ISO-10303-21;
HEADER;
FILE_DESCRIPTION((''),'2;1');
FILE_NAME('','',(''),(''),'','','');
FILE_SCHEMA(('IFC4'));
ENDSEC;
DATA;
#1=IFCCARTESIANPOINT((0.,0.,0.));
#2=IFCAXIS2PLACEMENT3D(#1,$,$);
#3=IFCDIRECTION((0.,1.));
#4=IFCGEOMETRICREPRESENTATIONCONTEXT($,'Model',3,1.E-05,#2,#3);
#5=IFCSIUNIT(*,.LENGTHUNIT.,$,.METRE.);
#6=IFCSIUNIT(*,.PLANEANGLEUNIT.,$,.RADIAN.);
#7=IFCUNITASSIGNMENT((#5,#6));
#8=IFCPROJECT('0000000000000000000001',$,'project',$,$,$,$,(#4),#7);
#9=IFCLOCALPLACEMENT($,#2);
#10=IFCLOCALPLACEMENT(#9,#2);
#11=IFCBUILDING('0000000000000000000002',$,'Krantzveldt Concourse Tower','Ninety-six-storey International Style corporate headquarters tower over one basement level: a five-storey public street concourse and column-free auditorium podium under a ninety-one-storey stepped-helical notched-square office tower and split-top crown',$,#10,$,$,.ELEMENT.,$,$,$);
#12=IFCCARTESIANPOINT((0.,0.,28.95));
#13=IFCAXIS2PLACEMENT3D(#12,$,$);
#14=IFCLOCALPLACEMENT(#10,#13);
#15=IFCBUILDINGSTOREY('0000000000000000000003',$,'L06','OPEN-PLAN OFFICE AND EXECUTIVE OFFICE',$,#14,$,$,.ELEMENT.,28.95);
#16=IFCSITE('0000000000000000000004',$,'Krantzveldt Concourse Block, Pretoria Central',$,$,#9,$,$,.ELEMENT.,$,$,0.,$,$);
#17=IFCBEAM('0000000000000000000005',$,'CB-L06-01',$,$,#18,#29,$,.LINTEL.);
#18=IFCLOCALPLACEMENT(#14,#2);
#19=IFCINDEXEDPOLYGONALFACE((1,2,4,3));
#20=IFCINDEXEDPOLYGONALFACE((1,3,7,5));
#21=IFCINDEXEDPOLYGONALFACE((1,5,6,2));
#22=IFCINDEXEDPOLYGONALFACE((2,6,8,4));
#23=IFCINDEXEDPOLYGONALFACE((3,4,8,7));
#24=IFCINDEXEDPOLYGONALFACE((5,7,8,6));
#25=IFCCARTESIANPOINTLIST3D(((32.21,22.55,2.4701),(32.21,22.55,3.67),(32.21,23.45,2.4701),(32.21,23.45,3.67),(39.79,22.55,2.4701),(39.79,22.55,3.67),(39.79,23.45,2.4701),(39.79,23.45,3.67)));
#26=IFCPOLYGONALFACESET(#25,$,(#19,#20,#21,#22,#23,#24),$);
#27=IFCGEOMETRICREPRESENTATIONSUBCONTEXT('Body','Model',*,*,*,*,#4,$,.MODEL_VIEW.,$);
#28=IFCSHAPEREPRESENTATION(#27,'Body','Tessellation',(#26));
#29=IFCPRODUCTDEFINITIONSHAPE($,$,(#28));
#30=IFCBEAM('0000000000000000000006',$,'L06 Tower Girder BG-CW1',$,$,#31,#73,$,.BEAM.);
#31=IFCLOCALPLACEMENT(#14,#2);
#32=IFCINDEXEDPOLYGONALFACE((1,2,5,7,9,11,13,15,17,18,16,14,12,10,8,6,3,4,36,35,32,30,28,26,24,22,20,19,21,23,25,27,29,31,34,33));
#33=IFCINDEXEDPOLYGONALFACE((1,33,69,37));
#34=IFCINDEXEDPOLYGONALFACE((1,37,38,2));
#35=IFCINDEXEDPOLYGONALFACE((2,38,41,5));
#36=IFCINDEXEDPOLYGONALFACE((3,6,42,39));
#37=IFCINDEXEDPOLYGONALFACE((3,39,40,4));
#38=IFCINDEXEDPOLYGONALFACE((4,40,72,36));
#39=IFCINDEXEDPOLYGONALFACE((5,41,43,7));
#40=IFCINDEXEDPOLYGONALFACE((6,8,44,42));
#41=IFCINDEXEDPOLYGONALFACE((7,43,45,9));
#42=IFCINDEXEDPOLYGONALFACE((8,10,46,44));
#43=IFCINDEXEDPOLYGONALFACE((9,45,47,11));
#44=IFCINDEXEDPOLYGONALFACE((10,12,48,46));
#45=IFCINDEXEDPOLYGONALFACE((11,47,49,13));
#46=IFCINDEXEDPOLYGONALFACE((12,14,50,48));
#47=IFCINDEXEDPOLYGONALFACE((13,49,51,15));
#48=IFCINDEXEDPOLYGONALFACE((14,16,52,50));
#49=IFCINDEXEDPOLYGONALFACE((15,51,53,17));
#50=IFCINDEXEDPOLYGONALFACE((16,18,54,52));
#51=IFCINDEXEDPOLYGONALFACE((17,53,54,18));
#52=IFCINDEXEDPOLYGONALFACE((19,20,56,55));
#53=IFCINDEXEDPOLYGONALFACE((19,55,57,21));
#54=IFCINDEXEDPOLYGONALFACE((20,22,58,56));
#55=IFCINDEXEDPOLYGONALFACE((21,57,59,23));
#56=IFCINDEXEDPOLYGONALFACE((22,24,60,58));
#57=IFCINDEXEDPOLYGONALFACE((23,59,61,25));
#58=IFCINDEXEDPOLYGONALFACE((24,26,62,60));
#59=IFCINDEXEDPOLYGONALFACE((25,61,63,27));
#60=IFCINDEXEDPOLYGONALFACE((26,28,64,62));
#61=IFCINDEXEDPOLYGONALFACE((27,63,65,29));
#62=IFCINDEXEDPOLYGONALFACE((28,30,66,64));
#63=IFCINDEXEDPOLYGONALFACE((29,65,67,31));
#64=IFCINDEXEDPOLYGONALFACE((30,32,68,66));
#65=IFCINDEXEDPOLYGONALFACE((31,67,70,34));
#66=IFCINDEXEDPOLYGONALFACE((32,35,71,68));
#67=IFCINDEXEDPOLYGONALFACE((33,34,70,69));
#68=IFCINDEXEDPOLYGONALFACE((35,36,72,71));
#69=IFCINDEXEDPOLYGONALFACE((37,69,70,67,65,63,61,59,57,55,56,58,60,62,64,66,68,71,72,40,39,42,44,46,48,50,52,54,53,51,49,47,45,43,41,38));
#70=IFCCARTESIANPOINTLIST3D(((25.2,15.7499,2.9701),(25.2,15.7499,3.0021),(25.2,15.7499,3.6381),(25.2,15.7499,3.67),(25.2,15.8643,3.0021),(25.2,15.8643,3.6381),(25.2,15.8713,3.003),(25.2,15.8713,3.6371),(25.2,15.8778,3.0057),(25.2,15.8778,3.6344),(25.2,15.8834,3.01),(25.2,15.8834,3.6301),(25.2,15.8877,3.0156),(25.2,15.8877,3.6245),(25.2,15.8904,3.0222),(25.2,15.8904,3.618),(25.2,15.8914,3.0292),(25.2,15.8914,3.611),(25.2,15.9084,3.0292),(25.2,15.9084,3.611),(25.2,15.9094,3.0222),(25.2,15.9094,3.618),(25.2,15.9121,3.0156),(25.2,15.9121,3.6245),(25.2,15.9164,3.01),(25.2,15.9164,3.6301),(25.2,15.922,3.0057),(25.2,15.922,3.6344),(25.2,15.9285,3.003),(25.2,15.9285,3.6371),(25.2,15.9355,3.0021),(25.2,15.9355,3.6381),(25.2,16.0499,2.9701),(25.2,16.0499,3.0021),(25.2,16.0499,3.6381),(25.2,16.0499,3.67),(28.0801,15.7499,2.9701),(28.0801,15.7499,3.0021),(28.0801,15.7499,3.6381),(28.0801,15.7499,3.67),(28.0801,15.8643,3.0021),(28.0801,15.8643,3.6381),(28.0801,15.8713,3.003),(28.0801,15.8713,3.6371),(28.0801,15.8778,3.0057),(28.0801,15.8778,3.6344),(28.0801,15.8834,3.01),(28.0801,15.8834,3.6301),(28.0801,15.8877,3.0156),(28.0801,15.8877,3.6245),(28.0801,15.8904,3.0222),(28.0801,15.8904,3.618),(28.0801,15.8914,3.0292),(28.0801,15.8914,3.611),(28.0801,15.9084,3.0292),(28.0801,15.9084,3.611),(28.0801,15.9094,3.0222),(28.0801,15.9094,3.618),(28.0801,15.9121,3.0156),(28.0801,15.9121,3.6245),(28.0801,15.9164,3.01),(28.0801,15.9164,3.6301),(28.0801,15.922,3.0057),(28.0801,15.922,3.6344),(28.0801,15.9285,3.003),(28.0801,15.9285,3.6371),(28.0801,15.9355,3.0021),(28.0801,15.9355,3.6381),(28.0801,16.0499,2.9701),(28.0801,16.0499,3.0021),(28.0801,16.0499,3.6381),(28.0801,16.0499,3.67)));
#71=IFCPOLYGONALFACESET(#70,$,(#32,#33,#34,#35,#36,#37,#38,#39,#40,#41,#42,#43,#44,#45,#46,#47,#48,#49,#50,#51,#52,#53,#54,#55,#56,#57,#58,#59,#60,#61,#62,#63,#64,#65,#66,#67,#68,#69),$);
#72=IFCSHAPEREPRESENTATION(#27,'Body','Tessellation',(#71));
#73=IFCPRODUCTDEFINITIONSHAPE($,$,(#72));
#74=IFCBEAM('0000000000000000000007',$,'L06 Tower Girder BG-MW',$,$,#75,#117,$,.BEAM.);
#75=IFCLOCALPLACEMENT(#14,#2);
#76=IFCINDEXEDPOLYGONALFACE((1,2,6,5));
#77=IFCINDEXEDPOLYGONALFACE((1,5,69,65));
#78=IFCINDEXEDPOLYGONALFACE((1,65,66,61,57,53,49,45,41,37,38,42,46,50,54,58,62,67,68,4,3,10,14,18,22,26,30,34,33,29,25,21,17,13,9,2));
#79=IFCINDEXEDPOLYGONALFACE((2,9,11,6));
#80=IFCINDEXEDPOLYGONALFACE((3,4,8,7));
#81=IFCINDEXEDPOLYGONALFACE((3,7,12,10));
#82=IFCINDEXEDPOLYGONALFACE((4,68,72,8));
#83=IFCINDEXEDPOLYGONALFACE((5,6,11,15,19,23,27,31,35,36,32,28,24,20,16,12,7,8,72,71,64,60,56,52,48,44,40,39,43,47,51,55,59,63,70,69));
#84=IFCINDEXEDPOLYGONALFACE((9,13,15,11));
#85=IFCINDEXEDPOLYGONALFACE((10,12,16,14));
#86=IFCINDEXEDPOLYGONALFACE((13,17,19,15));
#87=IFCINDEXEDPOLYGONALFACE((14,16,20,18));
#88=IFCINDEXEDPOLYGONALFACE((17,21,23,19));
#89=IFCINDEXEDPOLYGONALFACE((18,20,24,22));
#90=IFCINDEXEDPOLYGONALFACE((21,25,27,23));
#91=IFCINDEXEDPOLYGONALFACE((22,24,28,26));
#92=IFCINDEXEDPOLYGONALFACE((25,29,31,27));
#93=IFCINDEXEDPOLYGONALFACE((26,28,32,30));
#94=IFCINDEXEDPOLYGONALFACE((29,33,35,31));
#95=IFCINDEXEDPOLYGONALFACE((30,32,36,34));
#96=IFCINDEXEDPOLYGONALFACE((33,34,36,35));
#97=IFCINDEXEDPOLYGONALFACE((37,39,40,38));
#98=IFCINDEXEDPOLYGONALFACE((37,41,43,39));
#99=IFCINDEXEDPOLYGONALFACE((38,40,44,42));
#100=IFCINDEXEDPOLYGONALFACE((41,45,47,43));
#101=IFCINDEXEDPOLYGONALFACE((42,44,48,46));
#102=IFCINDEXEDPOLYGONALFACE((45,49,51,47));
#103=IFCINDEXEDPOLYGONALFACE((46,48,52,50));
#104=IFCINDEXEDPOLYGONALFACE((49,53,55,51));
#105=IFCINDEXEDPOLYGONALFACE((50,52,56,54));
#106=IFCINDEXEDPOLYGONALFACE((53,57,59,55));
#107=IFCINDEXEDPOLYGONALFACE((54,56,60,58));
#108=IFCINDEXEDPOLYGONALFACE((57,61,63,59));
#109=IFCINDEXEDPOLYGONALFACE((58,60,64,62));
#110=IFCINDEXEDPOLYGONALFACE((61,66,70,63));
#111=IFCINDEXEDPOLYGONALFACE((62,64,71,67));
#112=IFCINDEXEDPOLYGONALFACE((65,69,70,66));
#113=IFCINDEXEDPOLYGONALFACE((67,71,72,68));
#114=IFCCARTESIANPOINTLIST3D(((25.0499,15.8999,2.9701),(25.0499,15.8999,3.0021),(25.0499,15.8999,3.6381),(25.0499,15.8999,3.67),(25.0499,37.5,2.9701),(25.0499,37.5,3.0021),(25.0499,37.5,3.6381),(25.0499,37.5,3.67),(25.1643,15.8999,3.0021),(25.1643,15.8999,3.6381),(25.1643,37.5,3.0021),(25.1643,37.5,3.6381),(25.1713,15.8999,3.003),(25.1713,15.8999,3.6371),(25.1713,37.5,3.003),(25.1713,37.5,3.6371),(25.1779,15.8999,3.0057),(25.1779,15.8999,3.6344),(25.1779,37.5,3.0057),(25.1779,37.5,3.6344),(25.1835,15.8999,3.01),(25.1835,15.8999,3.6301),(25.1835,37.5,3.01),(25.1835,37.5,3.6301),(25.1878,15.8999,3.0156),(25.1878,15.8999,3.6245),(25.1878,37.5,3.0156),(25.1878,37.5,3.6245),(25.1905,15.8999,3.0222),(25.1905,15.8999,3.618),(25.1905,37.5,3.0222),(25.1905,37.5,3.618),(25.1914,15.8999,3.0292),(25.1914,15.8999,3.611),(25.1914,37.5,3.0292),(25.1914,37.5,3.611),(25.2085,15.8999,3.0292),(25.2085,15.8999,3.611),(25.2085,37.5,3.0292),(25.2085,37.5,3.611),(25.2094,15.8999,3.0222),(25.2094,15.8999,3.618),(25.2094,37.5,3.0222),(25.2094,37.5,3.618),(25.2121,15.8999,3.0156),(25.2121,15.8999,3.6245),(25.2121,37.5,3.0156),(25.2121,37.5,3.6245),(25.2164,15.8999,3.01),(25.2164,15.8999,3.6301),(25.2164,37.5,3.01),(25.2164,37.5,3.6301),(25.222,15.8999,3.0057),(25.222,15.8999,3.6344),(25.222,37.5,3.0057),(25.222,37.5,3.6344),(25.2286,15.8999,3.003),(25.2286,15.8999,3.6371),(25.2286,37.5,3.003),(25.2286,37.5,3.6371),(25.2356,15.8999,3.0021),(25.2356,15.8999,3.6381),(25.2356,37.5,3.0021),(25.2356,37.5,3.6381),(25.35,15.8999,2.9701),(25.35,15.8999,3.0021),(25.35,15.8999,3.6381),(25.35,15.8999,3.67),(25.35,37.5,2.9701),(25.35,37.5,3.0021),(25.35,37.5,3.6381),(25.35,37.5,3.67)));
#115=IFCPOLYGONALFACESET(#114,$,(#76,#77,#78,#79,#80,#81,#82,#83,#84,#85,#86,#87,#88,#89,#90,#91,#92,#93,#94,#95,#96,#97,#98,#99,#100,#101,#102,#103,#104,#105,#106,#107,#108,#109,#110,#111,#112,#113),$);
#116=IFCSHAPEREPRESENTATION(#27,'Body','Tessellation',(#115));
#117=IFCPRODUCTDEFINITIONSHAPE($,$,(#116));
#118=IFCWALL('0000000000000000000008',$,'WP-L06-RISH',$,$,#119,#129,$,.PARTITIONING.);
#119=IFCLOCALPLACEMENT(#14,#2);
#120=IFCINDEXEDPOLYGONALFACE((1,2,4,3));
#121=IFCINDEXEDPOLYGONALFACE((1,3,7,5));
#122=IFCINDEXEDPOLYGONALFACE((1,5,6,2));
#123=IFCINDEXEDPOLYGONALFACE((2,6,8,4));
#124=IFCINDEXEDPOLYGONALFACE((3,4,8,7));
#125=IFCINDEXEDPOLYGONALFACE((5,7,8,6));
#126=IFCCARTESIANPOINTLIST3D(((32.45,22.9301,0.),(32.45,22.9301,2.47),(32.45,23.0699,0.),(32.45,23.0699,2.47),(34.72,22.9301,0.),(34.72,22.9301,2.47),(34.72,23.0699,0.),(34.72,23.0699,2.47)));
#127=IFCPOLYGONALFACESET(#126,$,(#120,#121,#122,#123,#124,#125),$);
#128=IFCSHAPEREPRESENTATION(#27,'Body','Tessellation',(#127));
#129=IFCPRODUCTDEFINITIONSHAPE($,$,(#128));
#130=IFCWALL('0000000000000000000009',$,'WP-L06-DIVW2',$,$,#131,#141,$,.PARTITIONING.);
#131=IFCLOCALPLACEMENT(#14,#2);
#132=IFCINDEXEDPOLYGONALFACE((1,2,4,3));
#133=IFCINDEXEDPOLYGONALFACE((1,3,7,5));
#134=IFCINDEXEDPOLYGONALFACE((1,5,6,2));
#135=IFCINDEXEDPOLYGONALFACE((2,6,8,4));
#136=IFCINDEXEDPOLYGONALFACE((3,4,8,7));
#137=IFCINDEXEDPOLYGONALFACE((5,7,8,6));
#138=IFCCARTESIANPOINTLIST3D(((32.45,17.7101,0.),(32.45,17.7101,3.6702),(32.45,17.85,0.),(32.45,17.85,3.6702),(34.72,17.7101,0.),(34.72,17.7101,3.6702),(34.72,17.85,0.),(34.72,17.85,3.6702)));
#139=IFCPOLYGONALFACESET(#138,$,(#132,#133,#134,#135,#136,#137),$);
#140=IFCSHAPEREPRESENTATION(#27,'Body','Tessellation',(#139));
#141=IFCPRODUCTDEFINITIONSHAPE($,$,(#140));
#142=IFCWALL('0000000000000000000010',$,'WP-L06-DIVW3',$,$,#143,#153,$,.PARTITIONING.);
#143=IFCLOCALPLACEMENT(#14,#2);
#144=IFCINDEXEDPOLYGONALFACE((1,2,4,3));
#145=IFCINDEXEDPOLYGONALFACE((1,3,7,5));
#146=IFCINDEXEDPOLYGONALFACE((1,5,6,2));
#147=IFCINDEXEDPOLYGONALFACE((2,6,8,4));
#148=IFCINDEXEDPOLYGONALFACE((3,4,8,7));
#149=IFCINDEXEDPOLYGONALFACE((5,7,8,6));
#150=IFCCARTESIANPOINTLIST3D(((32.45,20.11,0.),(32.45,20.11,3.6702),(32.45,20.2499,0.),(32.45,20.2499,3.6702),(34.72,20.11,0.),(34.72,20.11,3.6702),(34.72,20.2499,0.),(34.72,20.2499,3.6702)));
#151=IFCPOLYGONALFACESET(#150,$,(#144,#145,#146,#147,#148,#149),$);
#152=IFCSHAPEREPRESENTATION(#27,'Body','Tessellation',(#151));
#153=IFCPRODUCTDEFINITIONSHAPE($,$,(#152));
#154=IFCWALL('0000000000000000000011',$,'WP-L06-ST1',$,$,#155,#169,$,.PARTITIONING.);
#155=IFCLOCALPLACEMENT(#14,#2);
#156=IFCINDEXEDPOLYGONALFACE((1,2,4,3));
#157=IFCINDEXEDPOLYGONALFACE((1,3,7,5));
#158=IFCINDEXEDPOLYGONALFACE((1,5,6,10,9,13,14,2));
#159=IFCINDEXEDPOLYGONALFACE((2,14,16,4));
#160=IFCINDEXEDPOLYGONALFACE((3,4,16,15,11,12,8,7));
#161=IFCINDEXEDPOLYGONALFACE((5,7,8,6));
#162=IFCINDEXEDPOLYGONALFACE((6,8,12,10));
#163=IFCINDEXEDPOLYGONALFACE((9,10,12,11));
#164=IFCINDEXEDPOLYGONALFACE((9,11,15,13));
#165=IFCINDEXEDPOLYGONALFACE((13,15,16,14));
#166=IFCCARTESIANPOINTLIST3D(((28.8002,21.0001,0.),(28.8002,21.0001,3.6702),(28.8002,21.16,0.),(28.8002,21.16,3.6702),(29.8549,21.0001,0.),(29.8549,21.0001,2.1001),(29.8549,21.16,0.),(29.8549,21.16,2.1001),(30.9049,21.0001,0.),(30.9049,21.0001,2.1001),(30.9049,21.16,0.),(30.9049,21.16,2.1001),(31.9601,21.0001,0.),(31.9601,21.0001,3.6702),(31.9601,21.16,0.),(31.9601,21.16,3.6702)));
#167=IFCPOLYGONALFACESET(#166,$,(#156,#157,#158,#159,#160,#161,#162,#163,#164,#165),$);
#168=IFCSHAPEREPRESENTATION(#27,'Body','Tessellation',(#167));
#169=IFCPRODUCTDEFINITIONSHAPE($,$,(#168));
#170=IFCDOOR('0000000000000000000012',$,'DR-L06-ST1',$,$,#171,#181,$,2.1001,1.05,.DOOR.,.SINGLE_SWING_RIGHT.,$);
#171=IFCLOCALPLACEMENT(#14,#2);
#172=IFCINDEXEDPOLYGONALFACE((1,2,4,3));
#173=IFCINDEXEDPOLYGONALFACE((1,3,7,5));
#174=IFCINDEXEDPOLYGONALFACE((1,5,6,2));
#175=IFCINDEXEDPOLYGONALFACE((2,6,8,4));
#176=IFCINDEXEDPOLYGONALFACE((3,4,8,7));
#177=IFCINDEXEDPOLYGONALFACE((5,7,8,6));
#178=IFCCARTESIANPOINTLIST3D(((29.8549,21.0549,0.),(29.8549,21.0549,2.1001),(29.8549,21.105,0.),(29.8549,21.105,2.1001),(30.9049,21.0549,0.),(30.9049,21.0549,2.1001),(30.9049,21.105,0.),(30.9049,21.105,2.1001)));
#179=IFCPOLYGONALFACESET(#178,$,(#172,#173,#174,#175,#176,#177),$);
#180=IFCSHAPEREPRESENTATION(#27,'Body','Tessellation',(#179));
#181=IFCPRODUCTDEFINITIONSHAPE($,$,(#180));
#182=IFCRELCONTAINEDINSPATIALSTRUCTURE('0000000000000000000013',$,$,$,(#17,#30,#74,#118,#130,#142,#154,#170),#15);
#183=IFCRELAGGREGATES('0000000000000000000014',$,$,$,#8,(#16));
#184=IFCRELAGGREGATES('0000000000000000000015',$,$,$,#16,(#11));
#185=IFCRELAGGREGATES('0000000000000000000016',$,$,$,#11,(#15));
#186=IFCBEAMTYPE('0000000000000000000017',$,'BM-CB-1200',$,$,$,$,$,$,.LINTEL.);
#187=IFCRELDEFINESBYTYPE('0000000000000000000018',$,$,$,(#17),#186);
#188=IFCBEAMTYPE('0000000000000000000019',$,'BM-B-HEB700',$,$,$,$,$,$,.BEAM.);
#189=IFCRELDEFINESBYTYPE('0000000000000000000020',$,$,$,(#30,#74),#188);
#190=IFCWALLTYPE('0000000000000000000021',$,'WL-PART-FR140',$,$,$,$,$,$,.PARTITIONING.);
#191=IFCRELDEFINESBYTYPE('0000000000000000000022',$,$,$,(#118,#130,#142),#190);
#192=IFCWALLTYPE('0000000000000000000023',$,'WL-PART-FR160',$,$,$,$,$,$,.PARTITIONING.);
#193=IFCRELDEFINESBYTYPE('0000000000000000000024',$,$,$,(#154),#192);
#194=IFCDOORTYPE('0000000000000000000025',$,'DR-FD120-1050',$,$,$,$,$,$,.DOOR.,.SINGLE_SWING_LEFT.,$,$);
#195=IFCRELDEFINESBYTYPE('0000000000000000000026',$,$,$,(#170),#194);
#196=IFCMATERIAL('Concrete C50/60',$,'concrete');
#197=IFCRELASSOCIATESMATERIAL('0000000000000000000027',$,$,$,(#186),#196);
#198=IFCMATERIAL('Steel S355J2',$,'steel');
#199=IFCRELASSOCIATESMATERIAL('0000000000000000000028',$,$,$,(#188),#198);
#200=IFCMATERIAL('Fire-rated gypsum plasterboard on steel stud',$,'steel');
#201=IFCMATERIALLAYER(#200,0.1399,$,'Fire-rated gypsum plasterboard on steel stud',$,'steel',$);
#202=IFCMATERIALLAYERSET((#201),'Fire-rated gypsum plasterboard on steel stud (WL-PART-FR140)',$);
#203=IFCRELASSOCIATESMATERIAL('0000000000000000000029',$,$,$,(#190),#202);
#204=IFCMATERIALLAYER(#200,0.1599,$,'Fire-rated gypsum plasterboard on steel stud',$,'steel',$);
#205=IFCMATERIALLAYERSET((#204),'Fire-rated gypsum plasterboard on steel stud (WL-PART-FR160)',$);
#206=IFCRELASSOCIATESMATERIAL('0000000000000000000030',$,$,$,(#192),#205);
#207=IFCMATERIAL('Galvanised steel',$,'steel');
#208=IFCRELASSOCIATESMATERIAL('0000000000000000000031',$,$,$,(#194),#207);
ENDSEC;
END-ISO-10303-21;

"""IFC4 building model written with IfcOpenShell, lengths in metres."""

from ifc_helpers import new_model, si_unit, direction, frame, frame_2d, origin, origin_2d, place, context, subcontext, project, spatial, rectangle, i_section, extrude, source, transform, mapped, material, layer, layer_set, material_profile, profile_set, type_object, type_shapes, element, fill, save


model = new_model("IFC4")

# Units and contexts
model_context = context("Model", 3, precision=1e-05, world=origin(), true_north=direction((0.0, 1.0)))
body_context = subcontext(model_context, "Body", "Model", "MODEL_VIEW")
ifc_project = project(units=[si_unit("LENGTHUNIT", "METRE"), si_unit("PLANEANGLEUNIT", "RADIAN")], contexts=[model_context])

# Site, building, storey
site_placement = place(None, origin())
site = spatial("IfcSite", under=ifc_project, at=site_placement, Name="Krantzveldt Concourse Block, Pretoria Central", CompositionType="ELEMENT", RefElevation=0.0)
building_placement = place(site_placement, origin())
building = spatial("IfcBuilding", under=site, at=building_placement, Name="Krantzveldt Concourse Tower", Description="Ninety-six-storey International Style corporate headquarters tower over one basement level: a five-storey public street concourse and column-free auditorium podium under a ninety-one-storey stepped-helical notched-square office tower and split-top crown", CompositionType="ELEMENT")
storey_placement = place(building_placement, frame((0.0, 0.0, 28.95)))
storey = spatial("IfcBuildingStorey", under=building, at=storey_placement, Name="L06", Description="OPEN-PLAN OFFICE AND EXECUTIVE OFFICE", CompositionType="ELEMENT", Elevation=28.95)

# Beams
ifc_material_1 = material(Name="Concrete C50/60", Category="concrete")
ifc_material_profile_1 = material_profile(ifc_material_1, rectangle(XDim=0.8999, YDim=1.2, at=origin_2d()), Name="Concrete C50/60", Category="concrete")
ifc_profile_set_1 = profile_set([ifc_material_profile_1], Name="Concrete C50/60 - RC-CB 900x1200")
beam_type_1 = type_object("IfcBeamType", Name="BM-CB-1200", PredefinedType="LINTEL", material=ifc_profile_set_1)
shared_shape_1 = source(origin(), body_context, "Body", "SweptSolid", [
    extrude(rectangle(XDim=0.8999, YDim=1.2, at=origin_2d()), origin(), (0.0, 0.0, 1.0), 7.5801),
])
type_shapes(beam_type_1, [shared_shape_1])
beam_1_placement = place(storey_placement, frame((32.21, 23.0, 3.0701), z_axis=(1.0, 0.0, 0.0), x_axis=(0.0, 1.0, 0.0)))
element("IfcBeam", 1, at=beam_1_placement, inside=storey, type_object=beam_type_1, Name="CB-L06-01", PredefinedType="LINTEL", context=body_context, shape_type="MappedRepresentation", body=[
    mapped(shared_shape_1, transform((0.0, 0.0, 0.0), x_axis=(1.0, 0.0, 0.0), y_axis=(0.0, 1.0, 0.0), z_axis=(0.0, 0.0, 1.0), scale=1.0)),
])
ifc_material_2 = material(Name="Steel S355J2", Category="steel")
ifc_material_profile_2 = material_profile(ifc_material_2, i_section(OverallWidth=0.3, OverallDepth=0.7, WebThickness=0.0171, FlangeThickness=0.032, FilletRadius=0.0271, at=origin_2d()), Name="Steel S355J2", Category="steel")
ifc_profile_set_2 = profile_set([ifc_material_profile_2], Name="Steel S355J2 - HEB 700")
beam_type_2 = type_object("IfcBeamType", Name="BM-B-HEB700", PredefinedType="BEAM", material=ifc_profile_set_2)
shared_shape_2 = source(origin(), body_context, "Body", "SweptSolid", [
    extrude(i_section(OverallWidth=0.3, OverallDepth=0.7, WebThickness=0.0171, FlangeThickness=0.032, FilletRadius=0.0271, at=origin_2d()), origin(), (0.0, 0.0, 1.0), 2.8801),
])
beam_2_placement = place(storey_placement, frame((25.2, 15.8999, 3.3201), z_axis=(1.0, 0.0, 0.0), x_axis=(0.0, 1.0, 0.0)))
element("IfcBeam", 2, at=beam_2_placement, inside=storey, type_object=beam_type_2, Name="L06 Tower Girder BG-CW1", PredefinedType="BEAM", context=body_context, shape_type="MappedRepresentation", body=[
    mapped(shared_shape_2, transform((0.0, 0.0, 0.0), x_axis=(1.0, 0.0, 0.0), y_axis=(0.0, 1.0, 0.0), z_axis=(0.0, 0.0, 1.0), scale=1.0)),
])
shared_shape_3 = source(origin(), body_context, "Body", "SweptSolid", [
    extrude(i_section(OverallWidth=0.3, OverallDepth=0.7, WebThickness=0.0171, FlangeThickness=0.032, FilletRadius=0.0271, at=origin_2d()), origin(), (0.0, 0.0, 1.0), 21.6001),
])
type_shapes(beam_type_2, [shared_shape_2, shared_shape_3])
beam_3_placement = place(storey_placement, frame((25.2, 15.8999, 3.3201), z_axis=(0.0, 1.0, 0.0), x_axis=(-1.0, 0.0, 0.0)))
element("IfcBeam", 3, at=beam_3_placement, inside=storey, type_object=beam_type_2, Name="L06 Tower Girder BG-MW", PredefinedType="BEAM", context=body_context, shape_type="MappedRepresentation", body=[
    mapped(shared_shape_3, transform((0.0, 0.0, 0.0), x_axis=(1.0, 0.0, 0.0), y_axis=(0.0, 1.0, 0.0), z_axis=(0.0, 0.0, 1.0), scale=1.0)),
])

# Walls
ifc_material_3 = material(Name="Fire-rated gypsum plasterboard on steel stud", Category="steel")
ifc_layer_1 = layer(ifc_material_3, 0.1399, Name="Fire-rated gypsum plasterboard on steel stud", Category="steel")
ifc_layer_set_1 = layer_set([ifc_layer_1], Name="Fire-rated gypsum plasterboard on steel stud (WL-PART-FR140)")
wall_type_1 = type_object("IfcWallType", Name="WL-PART-FR140", PredefinedType="PARTITIONING", material=ifc_layer_set_1)
wall_1_placement = place(storey_placement, frame((32.45, 23.0, 0.0), z_axis=(0.0, 0.0, 1.0), x_axis=(1.0, 0.0, 0.0)))
element("IfcWall", 4, at=wall_1_placement, inside=storey, type_object=wall_type_1, Name="WP-L06-RISH", PredefinedType="PARTITIONING", context=body_context, shape_type="SweptSolid", body=[
    extrude(rectangle(XDim=2.27, YDim=0.1399, at=frame_2d((1.135, 0.0))), origin(), (0.0, 0.0, 1.0), 2.47),
])
for number, where, z_axis, x_axis, name in (
    (5, (32.45, 17.78, 0.0), (0.0, 0.0, 1.0), (1.0, 0.0, 0.0), "WP-L06-DIVW2"),
    (6, (32.45, 20.1799, 0.0), (0.0, 0.0, 1.0), (1.0, 0.0, 0.0), "WP-L06-DIVW3"),
):
    element("IfcWall", number, at=place(storey_placement, frame(where, z_axis=z_axis, x_axis=x_axis)), inside=storey, type_object=wall_type_1, Name=name, PredefinedType="PARTITIONING", context=body_context, shape_type="SweptSolid", body=[
        extrude(rectangle(XDim=2.27, YDim=0.1399, at=frame_2d((1.135, 0.0))), origin(), (0.0, 0.0, 1.0), 3.6702),
    ])

# Wall, opening, door
ifc_layer_2 = layer(ifc_material_3, 0.1599, Name="Fire-rated gypsum plasterboard on steel stud", Category="steel")
ifc_layer_set_2 = layer_set([ifc_layer_2], Name="Fire-rated gypsum plasterboard on steel stud (WL-PART-FR160)")
wall_type_2 = type_object("IfcWallType", Name="WL-PART-FR160", PredefinedType="PARTITIONING", material=ifc_layer_set_2)
wall_2_placement = place(storey_placement, frame((28.8, 21.0801, 0.0), z_axis=(0.0, 0.0, 1.0), x_axis=(1.0, 0.0, 0.0)))
wall_2 = element("IfcWall", 7, at=wall_2_placement, inside=storey, type_object=wall_type_2, Name="WP-L06-ST1", PredefinedType="PARTITIONING", context=body_context, shape_type="SweptSolid", body=[
    extrude(rectangle(XDim=3.1599, YDim=0.1599, at=frame_2d((1.5801, 0.0))), origin(), (0.0, 0.0, 1.0), 3.6702),
])
opening_placement = place(wall_2_placement, frame((1.0549, 0.0, 0.0)))
opening = element("IfcOpeningElement", 8, at=opening_placement, cuts=wall_2, PredefinedType="OPENING", context=body_context, shape_type="SweptSolid", body=[
    extrude(rectangle(XDim=1.05, YDim=2.1001, at=frame_2d((0.5249, 1.05))), frame((0.0, 0.0898, 0.0), z_axis=(0.0, -1.0, 0.0), x_axis=(1.0, 0.0, 0.0)), (0.0, 0.0, 1.0), 0.1799),
])
ifc_material_4 = material(Name="Galvanised steel", Category="steel")
door_type = type_object("IfcDoorType", Name="DR-FD120-1050", OperationType="SINGLE_SWING_LEFT", PredefinedType="DOOR", material=ifc_material_4)
door_placement = place(opening_placement, origin())
door = element("IfcDoor", 9, at=door_placement, inside=storey, type_object=door_type, Name="DR-L06-ST1", OperationType="SINGLE_SWING_RIGHT", OverallHeight=2.1001, OverallWidth=1.05, PredefinedType="DOOR", context=body_context, shape_type="SweptSolid", body=[
    extrude(rectangle(XDim=1.05, YDim=2.1001, at=frame_2d((0.5249, 1.05))), frame((0.0, 0.0249, 0.0), z_axis=(0.0, -1.0, 0.0), x_axis=(1.0, 0.0, 0.0)), (0.0, 0.0, 1.0), 0.05),
])
fill(opening, door)

save(model, "model.ifc")
